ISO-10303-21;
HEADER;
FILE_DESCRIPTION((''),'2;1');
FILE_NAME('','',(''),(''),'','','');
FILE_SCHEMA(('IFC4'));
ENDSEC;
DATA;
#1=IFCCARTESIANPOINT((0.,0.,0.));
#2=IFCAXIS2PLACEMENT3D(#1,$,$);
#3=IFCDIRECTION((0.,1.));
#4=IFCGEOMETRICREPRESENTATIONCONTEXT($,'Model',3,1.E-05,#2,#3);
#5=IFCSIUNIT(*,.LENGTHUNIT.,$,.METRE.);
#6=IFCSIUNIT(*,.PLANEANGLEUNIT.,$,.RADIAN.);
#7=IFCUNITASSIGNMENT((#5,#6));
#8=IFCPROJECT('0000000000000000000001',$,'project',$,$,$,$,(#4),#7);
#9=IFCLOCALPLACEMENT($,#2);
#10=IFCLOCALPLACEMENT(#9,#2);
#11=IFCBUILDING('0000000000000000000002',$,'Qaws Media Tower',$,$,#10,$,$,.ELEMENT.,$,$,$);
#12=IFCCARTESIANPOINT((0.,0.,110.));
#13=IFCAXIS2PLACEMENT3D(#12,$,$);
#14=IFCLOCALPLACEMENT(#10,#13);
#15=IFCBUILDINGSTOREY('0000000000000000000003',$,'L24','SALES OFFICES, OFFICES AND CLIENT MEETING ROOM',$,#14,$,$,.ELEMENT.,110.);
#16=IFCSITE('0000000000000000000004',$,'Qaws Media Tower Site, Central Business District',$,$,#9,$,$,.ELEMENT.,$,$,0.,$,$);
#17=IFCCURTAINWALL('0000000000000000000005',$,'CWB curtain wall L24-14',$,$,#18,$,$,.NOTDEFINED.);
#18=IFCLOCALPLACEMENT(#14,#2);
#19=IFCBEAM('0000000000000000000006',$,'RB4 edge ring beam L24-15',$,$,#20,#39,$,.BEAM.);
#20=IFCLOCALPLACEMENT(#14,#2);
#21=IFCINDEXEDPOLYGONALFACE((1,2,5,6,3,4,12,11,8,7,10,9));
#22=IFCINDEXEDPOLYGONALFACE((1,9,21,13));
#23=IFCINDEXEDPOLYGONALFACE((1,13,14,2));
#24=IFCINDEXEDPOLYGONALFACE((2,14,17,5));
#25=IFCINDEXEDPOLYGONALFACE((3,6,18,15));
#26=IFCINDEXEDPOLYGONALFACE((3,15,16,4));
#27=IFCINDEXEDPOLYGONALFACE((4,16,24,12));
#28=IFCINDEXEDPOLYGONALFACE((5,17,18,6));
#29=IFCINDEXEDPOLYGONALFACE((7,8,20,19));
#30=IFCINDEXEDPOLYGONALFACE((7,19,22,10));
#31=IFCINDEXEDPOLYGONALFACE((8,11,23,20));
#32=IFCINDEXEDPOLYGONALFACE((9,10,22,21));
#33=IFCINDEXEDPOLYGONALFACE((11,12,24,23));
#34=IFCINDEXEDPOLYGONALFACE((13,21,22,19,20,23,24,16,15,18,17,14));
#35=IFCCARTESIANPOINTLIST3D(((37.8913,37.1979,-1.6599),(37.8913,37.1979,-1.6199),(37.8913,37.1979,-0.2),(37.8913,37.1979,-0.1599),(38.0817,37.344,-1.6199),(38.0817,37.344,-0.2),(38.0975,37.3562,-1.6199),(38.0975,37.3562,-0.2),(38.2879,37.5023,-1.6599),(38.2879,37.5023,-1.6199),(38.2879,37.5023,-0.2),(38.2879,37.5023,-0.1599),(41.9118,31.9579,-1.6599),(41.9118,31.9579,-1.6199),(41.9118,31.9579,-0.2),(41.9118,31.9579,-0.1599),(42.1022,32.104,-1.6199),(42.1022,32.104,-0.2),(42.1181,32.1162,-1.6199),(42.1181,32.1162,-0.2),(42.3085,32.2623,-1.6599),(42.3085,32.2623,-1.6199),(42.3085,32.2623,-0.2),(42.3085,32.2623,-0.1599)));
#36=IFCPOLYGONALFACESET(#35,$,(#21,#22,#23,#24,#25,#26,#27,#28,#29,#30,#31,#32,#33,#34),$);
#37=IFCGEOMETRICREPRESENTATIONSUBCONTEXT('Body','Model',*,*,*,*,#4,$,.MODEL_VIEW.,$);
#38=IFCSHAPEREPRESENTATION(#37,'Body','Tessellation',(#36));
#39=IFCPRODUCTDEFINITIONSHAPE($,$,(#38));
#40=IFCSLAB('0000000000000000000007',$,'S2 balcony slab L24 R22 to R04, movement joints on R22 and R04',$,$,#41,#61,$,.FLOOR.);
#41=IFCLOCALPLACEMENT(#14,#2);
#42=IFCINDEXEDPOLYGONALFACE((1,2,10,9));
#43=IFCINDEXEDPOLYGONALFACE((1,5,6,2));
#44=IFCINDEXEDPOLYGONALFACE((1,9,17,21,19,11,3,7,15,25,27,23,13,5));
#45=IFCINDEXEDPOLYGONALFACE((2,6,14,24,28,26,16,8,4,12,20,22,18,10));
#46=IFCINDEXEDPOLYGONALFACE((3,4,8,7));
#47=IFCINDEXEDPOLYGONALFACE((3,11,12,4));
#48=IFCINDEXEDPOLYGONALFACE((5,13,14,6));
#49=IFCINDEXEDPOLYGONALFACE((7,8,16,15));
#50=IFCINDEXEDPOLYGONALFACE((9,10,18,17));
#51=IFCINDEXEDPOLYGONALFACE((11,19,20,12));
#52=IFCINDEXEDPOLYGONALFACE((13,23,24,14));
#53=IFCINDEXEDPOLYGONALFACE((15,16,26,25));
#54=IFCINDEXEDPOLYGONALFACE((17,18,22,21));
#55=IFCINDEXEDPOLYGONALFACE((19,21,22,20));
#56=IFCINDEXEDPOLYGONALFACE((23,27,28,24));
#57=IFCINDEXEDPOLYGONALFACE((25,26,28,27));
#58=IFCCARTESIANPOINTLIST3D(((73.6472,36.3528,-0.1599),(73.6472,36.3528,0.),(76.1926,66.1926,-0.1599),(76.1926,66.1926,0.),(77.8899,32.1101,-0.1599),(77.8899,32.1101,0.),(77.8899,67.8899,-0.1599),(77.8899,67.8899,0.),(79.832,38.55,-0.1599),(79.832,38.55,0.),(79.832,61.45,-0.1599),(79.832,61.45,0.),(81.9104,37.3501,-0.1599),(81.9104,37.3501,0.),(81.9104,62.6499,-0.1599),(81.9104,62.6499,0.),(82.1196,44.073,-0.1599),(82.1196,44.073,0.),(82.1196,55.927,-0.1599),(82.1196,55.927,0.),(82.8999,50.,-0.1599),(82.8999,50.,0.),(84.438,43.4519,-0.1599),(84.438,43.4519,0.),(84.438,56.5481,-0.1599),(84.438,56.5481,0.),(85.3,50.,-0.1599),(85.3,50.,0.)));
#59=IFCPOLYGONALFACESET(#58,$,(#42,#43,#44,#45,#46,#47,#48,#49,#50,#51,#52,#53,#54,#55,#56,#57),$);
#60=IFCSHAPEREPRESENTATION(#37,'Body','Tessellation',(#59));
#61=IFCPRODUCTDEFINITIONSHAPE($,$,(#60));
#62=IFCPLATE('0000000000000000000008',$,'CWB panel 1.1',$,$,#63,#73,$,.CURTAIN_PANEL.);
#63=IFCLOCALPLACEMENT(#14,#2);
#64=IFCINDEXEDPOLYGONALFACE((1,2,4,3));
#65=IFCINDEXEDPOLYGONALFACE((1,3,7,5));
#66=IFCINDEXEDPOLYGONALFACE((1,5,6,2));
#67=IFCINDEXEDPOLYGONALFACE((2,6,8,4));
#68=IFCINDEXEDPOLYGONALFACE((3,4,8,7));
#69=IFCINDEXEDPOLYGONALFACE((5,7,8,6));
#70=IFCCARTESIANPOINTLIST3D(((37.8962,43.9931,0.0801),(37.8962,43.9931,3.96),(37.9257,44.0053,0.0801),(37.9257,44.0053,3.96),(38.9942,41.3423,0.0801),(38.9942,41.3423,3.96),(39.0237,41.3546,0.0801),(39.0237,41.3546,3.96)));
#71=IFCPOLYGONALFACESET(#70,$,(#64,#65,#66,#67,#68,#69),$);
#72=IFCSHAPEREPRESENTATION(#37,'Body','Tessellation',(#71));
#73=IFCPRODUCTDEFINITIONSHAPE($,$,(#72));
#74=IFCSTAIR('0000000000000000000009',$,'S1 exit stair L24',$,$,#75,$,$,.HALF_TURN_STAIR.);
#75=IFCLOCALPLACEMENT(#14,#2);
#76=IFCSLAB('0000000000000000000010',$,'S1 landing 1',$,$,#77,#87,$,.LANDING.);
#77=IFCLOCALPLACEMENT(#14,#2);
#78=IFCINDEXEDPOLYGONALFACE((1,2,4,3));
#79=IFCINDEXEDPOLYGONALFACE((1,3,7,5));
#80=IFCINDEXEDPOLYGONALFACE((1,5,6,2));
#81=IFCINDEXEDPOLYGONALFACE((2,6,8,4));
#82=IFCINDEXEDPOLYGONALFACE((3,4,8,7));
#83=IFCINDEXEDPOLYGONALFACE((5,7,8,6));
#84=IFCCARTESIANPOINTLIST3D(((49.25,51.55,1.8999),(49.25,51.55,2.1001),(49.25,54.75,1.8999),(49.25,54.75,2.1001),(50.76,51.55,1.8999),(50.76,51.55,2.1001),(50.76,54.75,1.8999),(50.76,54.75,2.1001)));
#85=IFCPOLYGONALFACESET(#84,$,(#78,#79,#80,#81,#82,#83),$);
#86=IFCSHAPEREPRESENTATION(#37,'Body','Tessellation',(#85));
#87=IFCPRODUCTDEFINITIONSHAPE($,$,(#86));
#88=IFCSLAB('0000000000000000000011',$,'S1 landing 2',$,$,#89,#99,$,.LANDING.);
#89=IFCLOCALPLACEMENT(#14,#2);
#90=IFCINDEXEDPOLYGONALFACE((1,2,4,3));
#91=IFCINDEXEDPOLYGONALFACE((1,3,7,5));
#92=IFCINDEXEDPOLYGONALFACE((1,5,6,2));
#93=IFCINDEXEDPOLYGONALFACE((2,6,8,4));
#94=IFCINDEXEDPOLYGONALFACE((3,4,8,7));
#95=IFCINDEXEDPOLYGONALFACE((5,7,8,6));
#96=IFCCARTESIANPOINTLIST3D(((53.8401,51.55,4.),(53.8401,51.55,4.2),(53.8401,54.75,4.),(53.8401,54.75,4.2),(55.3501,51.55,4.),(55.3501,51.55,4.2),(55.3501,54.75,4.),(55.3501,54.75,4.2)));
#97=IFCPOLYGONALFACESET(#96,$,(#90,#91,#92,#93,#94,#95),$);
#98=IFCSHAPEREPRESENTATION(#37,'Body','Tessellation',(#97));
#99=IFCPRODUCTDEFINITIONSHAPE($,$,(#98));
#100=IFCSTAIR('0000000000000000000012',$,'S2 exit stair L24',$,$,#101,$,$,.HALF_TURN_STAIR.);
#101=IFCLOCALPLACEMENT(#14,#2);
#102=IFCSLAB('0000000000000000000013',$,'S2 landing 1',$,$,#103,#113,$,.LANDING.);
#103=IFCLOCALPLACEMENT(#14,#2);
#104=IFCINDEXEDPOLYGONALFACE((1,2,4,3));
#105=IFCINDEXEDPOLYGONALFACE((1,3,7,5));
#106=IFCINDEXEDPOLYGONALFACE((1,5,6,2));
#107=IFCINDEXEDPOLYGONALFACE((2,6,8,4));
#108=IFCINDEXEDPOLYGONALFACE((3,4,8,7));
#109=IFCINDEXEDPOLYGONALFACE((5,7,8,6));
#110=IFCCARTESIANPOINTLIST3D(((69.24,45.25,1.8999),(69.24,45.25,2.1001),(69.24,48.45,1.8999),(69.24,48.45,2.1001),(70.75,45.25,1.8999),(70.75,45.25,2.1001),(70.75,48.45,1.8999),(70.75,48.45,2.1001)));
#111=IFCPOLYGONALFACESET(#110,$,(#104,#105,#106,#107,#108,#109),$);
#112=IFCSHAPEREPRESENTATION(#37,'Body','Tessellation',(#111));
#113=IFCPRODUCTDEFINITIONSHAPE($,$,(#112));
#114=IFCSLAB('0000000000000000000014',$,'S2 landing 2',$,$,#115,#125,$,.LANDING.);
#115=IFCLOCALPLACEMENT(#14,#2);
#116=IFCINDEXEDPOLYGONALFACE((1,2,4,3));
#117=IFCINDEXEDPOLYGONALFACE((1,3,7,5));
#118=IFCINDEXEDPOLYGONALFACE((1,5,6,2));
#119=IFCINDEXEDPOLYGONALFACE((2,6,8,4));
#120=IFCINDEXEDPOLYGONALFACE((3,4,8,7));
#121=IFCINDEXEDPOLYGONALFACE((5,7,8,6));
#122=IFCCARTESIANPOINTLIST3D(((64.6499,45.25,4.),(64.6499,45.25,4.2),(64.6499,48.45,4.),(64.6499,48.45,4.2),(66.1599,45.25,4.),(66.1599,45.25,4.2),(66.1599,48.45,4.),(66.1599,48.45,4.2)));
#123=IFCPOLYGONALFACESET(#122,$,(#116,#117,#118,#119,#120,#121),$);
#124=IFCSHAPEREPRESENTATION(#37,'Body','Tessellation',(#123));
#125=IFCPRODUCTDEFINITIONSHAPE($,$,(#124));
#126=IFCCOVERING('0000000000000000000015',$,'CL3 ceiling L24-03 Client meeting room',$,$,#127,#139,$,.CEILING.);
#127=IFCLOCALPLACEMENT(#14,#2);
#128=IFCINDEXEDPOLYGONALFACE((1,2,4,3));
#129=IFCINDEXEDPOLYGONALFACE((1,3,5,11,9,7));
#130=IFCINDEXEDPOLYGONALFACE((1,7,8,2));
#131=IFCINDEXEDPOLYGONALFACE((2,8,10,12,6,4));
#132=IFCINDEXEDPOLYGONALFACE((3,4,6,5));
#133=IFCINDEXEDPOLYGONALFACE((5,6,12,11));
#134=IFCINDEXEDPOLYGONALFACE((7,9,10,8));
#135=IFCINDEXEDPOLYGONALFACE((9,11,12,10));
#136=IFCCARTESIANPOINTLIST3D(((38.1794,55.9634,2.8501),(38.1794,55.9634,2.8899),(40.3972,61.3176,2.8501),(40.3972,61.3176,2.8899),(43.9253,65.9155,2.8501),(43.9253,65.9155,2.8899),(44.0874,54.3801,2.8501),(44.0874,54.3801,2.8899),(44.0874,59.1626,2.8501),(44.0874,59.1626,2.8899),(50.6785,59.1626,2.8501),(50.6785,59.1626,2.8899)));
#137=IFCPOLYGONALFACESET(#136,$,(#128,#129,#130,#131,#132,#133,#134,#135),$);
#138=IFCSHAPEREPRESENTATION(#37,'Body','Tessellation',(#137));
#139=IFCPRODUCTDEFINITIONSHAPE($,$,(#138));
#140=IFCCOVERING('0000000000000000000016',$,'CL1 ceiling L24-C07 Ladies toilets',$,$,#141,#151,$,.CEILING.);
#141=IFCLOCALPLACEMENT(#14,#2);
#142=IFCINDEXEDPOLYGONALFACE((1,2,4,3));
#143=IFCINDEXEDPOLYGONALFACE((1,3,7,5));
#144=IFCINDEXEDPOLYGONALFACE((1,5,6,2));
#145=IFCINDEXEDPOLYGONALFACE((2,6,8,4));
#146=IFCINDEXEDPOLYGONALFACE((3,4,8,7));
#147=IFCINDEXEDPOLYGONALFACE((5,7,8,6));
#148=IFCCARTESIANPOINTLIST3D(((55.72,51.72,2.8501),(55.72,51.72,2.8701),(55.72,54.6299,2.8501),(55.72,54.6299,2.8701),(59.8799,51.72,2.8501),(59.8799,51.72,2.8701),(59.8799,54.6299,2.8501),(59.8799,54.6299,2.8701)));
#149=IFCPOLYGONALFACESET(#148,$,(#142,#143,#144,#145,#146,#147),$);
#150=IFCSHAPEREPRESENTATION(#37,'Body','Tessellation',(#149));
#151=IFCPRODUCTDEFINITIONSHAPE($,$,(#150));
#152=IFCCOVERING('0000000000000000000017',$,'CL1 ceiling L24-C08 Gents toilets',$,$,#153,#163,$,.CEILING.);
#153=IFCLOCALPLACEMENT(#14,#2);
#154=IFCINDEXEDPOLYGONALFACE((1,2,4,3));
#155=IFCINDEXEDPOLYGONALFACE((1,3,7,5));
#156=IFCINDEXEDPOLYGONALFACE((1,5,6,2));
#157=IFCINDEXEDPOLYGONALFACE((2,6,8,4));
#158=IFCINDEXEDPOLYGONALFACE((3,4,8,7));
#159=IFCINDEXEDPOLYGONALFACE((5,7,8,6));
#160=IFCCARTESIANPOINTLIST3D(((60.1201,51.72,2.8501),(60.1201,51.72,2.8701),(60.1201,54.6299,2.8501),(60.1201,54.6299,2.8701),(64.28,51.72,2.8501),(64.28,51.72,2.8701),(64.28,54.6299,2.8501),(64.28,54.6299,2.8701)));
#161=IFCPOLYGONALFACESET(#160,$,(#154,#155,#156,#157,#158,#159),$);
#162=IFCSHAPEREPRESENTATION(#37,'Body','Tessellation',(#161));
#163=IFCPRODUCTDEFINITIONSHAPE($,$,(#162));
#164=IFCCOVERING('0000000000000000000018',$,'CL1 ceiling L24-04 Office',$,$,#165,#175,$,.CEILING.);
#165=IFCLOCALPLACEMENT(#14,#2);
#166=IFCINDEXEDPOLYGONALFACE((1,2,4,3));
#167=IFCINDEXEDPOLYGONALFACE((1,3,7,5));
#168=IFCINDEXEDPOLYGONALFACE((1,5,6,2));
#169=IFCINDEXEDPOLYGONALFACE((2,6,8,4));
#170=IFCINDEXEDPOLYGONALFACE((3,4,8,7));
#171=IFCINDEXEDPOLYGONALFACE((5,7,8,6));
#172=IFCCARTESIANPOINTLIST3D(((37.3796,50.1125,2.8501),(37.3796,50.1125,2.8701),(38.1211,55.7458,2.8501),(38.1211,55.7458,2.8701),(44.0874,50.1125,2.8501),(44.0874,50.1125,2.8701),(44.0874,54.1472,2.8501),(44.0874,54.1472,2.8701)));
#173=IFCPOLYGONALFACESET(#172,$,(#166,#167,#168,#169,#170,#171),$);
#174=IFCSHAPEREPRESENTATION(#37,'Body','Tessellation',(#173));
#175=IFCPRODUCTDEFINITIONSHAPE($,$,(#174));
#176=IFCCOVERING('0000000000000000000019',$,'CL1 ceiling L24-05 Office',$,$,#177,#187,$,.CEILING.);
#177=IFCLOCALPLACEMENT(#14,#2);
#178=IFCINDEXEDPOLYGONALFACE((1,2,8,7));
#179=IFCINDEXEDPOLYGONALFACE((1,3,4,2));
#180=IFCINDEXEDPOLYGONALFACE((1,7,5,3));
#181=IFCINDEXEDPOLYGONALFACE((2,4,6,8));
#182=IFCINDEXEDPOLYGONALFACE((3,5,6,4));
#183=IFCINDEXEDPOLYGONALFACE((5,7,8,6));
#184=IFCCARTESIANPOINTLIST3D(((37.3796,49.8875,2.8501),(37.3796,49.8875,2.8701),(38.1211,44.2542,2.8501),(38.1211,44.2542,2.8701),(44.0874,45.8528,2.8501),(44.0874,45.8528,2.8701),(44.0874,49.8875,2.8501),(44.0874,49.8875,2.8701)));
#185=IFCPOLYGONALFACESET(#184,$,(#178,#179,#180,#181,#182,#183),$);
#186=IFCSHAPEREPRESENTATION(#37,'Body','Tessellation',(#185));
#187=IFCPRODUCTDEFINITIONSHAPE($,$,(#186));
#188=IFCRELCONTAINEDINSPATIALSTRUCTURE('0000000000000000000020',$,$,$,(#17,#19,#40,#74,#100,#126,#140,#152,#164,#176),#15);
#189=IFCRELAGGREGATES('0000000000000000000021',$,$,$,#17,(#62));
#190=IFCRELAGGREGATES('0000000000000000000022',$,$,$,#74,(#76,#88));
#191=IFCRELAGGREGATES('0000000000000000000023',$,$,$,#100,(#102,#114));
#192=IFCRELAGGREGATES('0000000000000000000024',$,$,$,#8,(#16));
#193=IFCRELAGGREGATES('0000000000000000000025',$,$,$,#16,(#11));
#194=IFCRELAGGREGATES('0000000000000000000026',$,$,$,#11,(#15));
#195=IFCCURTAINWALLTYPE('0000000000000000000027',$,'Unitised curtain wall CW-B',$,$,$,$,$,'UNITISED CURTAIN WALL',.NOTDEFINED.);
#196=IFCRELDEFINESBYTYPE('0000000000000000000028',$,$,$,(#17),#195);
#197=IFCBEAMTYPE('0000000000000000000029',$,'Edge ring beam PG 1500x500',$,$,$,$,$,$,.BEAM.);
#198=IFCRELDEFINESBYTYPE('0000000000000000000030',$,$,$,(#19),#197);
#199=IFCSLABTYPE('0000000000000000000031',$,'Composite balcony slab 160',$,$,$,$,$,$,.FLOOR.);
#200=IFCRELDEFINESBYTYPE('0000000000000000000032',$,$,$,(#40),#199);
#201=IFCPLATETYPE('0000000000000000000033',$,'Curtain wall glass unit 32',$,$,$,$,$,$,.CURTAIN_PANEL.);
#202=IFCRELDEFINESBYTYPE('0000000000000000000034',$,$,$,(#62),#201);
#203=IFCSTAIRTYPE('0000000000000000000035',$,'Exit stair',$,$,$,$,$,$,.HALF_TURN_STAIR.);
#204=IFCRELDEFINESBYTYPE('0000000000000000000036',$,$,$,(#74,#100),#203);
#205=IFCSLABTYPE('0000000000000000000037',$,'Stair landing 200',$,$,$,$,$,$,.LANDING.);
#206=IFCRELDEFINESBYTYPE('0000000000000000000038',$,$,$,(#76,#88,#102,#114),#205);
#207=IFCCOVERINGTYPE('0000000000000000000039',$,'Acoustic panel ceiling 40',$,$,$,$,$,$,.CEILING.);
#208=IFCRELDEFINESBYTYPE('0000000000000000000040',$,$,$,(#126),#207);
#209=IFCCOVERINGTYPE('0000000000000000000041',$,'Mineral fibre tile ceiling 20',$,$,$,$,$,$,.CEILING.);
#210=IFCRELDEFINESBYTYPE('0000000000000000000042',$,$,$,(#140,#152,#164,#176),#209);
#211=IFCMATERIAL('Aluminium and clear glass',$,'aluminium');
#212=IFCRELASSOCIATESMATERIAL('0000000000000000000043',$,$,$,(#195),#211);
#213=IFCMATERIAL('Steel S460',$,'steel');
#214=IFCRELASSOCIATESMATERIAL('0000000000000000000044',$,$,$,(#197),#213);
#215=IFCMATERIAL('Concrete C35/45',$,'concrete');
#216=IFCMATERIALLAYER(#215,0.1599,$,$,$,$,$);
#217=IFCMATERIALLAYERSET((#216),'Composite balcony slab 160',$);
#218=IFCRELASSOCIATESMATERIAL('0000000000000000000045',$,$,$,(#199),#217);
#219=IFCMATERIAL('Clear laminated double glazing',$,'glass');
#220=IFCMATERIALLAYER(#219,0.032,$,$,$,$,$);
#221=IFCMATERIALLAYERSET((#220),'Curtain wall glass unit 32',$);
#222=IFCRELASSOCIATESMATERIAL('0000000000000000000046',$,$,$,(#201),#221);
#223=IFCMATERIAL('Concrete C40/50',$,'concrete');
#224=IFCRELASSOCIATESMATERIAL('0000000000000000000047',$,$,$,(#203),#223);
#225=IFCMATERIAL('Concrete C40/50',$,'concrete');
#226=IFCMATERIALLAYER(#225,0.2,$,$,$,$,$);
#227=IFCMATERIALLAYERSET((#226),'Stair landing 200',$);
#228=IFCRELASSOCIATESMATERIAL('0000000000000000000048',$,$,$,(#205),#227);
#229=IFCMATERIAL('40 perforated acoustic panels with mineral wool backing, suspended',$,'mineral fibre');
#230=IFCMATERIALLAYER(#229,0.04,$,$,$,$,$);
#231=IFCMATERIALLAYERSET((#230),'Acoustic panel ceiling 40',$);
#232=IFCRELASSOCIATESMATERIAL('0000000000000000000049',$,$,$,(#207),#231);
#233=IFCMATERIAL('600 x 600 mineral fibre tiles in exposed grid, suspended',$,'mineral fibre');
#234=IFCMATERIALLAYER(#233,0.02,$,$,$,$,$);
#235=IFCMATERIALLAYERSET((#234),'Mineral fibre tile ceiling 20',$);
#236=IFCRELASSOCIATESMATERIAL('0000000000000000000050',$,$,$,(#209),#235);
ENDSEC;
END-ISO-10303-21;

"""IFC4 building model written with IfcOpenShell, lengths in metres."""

from ifc_helpers import new_model, si_unit, direction, frame, origin, origin_2d, place, context, subcontext, project, spatial, polyline, rectangle, i_section, outline, extrude, material, layer, layer_set, material_profile, profile_set, type_object, element, aggregate, save


model = new_model("IFC4")

# Units and contexts
model_context = context("Model", 3, precision=1e-05, world=origin(), true_north=direction((0.0, 1.0)))
body_context = subcontext(model_context, "Body", "Model", "MODEL_VIEW")
ifc_project = project(units=[si_unit("LENGTHUNIT", "METRE"), si_unit("PLANEANGLEUNIT", "RADIAN")], contexts=[model_context])

# Site, building, storey
site_placement = place(None, origin())
site = spatial("IfcSite", under=ifc_project, at=site_placement, Name="Qaws Media Tower Site, Central Business District", CompositionType="ELEMENT", RefElevation=0.0)
building_placement = place(site_placement, origin())
building = spatial("IfcBuilding", under=site, at=building_placement, Name="Qaws Media Tower", CompositionType="ELEMENT")
storey_placement = place(building_placement, frame((0.0, 0.0, 110.0)))
storey = spatial("IfcBuildingStorey", under=building, at=storey_placement, Name="L24", Description="SALES OFFICES, OFFICES AND CLIENT MEETING ROOM", CompositionType="ELEMENT", Elevation=110.0)

# Curtain wall
ifc_material_1 = material(Name="Aluminium and clear glass", Category="aluminium")
curtain_wall_type = type_object("IfcCurtainWallType", Name="Unitised curtain wall CW-B", ElementType="UNITISED CURTAIN WALL", PredefinedType="NOTDEFINED", material=ifc_material_1)
curtain_wall_placement = place(storey_placement, origin())
curtain_wall = element("IfcCurtainWall", 1, at=curtain_wall_placement, inside=storey, type_object=curtain_wall_type, Name="CWB curtain wall L24-14", PredefinedType="NOTDEFINED")

# Beam
ifc_material_2 = material(Name="Steel S460", Category="steel")
ifc_material_profile_1 = material_profile(ifc_material_2, i_section(OverallWidth=0.5, OverallDepth=1.5, WebThickness=0.02, FlangeThickness=0.04, at=origin_2d()), Name="PG 1500x500")
ifc_profile_set_1 = profile_set([ifc_material_profile_1], Name="Steel S460")
beam_type = type_object("IfcBeamType", Name="Edge ring beam PG 1500x500", PredefinedType="BEAM", material=ifc_profile_set_1)
beam_1_placement = place(storey_placement, frame((38.0896, 37.3501, -0.9099), z_axis=(0.608735, -0.793374, 0.0), x_axis=(0.793374, 0.608735, 0.0)))
element("IfcBeam", 2, at=beam_1_placement, inside=storey, type_object=beam_type, Name="RB4 edge ring beam L24-15", PredefinedType="BEAM", context=body_context, shape_type="SweptSolid", body=[
    extrude(i_section(OverallWidth=0.5, OverallDepth=1.5, WebThickness=0.02, FlangeThickness=0.04, at=origin_2d()), origin(), (0.0, 0.0, 1.0), 6.6047),
])

# Slab
ifc_material_3 = material(Name="Concrete C35/45", Category="concrete")
ifc_layer_1 = layer(ifc_material_3, 0.1599)
ifc_layer_set_1 = layer_set([ifc_layer_1], Name="Composite balcony slab 160")
slab_type_1 = type_object("IfcSlabType", Name="Composite balcony slab 160", PredefinedType="FLOOR", material=ifc_layer_set_1)
slab_1_placement = place(storey_placement, frame((0.0, 0.0, -0.1599)))
element("IfcSlab", 3, at=slab_1_placement, inside=storey, type_object=slab_type_1, Name="S2 balcony slab L24 R22 to R04, movement joints on R22 and R04", PredefinedType="FLOOR", context=body_context, shape_type="SweptSolid", body=[
    extrude(outline(polyline([(81.9104, 37.3501), (77.8899, 32.1101), (73.6472, 36.3528), (79.832, 38.55), (82.1196, 44.073), (82.8999, 50.0), (82.1196, 55.927), (79.832, 61.45), (76.1926, 66.1926), (77.8899, 67.8899), (81.9104, 62.6499), (84.438, 56.5481), (85.3, 50.0), (84.438, 43.4519), (81.9104, 37.3501)])), origin(), (0.0, 0.0, 1.0), 0.1599),
])

# Plate
ifc_material_4 = material(Name="Clear laminated double glazing", Category="glass")
ifc_layer_2 = layer(ifc_material_4, 0.032)
ifc_layer_set_2 = layer_set([ifc_layer_2], Name="Curtain wall glass unit 32")
plate_type = type_object("IfcPlateType", Name="Curtain wall glass unit 32", PredefinedType="CURTAIN_PANEL", material=ifc_layer_set_2)
plate_placement = place(storey_placement, frame((38.46, 42.6738, 0.0801), z_axis=(0.0, 0.0, 1.0), x_axis=(0.382683, -0.92388, 0.0)))
plate = element("IfcPlate", 4, at=plate_placement, type_object=plate_type, Name="CWB panel 1.1", PredefinedType="CURTAIN_PANEL", context=body_context, shape_type="SweptSolid", body=[
    extrude(rectangle(XDim=2.8691, YDim=0.032, at=origin_2d()), origin(), (0.0, 0.0, 1.0), 3.8799),
])
aggregate(curtain_wall, [plate])

# Stairs, slabs
ifc_material_5 = material(Name="Concrete C40/50", Category="concrete")
stair_type = type_object("IfcStairType", Name="Exit stair", PredefinedType="HALF_TURN_STAIR", material=ifc_material_5)
stair_1_placement = place(storey_placement, origin())
stair_1 = element("IfcStair", 5, at=stair_1_placement, inside=storey, type_object=stair_type, Name="S1 exit stair L24", PredefinedType="HALF_TURN_STAIR")
ifc_material_6 = material(Name="Concrete C40/50", Category="concrete")
ifc_layer_3 = layer(ifc_material_6, 0.2)
ifc_layer_set_3 = layer_set([ifc_layer_3], Name="Stair landing 200")
slab_type_2 = type_object("IfcSlabType", Name="Stair landing 200", PredefinedType="LANDING", material=ifc_layer_set_3)
slab_2_placement = place(storey_placement, frame((0.0, 0.0, 1.8999)))
slab_2 = element("IfcSlab", 6, at=slab_2_placement, type_object=slab_type_2, Name="S1 landing 1", PredefinedType="LANDING", context=body_context, shape_type="SweptSolid", body=[
    extrude(outline(polyline([(49.25, 51.55), (50.76, 51.55), (50.76, 54.75), (49.25, 54.75), (49.25, 51.55)])), origin(), (0.0, 0.0, 1.0), 0.2002),
])
slab_3_placement = place(storey_placement, frame((0.0, 0.0, 4.0)))
slab_3 = element("IfcSlab", 7, at=slab_3_placement, type_object=slab_type_2, Name="S1 landing 2", PredefinedType="LANDING", context=body_context, shape_type="SweptSolid", body=[
    extrude(outline(polyline([(53.8401, 51.55), (55.3501, 51.55), (55.3501, 54.75), (53.8401, 54.75), (53.8401, 51.55)])), origin(), (0.0, 0.0, 1.0), 0.2),
])
aggregate(stair_1, [slab_2, slab_3])
stair_2_placement = place(storey_placement, origin())
stair_2 = element("IfcStair", 8, at=stair_2_placement, inside=storey, type_object=stair_type, Name="S2 exit stair L24", PredefinedType="HALF_TURN_STAIR")
slab_4_placement = place(storey_placement, frame((0.0, 0.0, 1.8999)))
slab_4 = element("IfcSlab", 9, at=slab_4_placement, type_object=slab_type_2, Name="S2 landing 1", PredefinedType="LANDING", context=body_context, shape_type="SweptSolid", body=[
    extrude(outline(polyline([(69.24, 45.25), (70.75, 45.25), (70.75, 48.45), (69.24, 48.45), (69.24, 45.25)])), origin(), (0.0, 0.0, 1.0), 0.2002),
])
slab_5_placement = place(storey_placement, frame((0.0, 0.0, 4.0)))
slab_5 = element("IfcSlab", 10, at=slab_5_placement, type_object=slab_type_2, Name="S2 landing 2", PredefinedType="LANDING", context=body_context, shape_type="SweptSolid", body=[
    extrude(outline(polyline([(64.6499, 45.25), (66.1599, 45.25), (66.1599, 48.45), (64.6499, 48.45), (64.6499, 45.25)])), origin(), (0.0, 0.0, 1.0), 0.2),
])
aggregate(stair_2, [slab_4, slab_5])

# Coverings
ifc_material_7 = material(Name="40 perforated acoustic panels with mineral wool backing, suspended", Category="mineral fibre")
ifc_layer_4 = layer(ifc_material_7, 0.04)
ifc_layer_set_4 = layer_set([ifc_layer_4], Name="Acoustic panel ceiling 40")
covering_type_1 = type_object("IfcCoveringType", Name="Acoustic panel ceiling 40", PredefinedType="CEILING", material=ifc_layer_set_4)
covering_1_placement = place(storey_placement, frame((0.0, 0.0, 2.8501)))
element("IfcCovering", 11, at=covering_1_placement, inside=storey, type_object=covering_type_1, Name="CL3 ceiling L24-03 Client meeting room", PredefinedType="CEILING", context=body_context, shape_type="SweptSolid", body=[
    extrude(outline(polyline([(40.3972, 61.3176), (43.9253, 65.9155), (50.6785, 59.1626), (44.0874, 59.1626), (44.0874, 54.3801), (38.1794, 55.9634), (40.3972, 61.3176)])), origin(), (0.0, 0.0, 1.0), 0.0398),
])
ifc_material_8 = material(Name="600 x 600 mineral fibre tiles in exposed grid, suspended", Category="mineral fibre")
ifc_layer_5 = layer(ifc_material_8, 0.02)
ifc_layer_set_5 = layer_set([ifc_layer_5], Name="Mineral fibre tile ceiling 20")
covering_type_2 = type_object("IfcCoveringType", Name="Mineral fibre tile ceiling 20", PredefinedType="CEILING", material=ifc_layer_set_5)
covering_2_placement = place(storey_placement, frame((0.0, 0.0, 2.8501)))
element("IfcCovering", 12, at=covering_2_placement, inside=storey, type_object=covering_type_2, Name="CL1 ceiling L24-C07 Ladies toilets", PredefinedType="CEILING", context=body_context, shape_type="SweptSolid", body=[
    extrude(outline(polyline([(55.72, 51.72), (55.72, 54.6299), (59.8799, 54.6299), (59.8799, 51.72), (55.72, 51.72)])), origin(), (0.0, 0.0, 1.0), 0.02),
])
covering_3_placement = place(storey_placement, frame((0.0, 0.0, 2.8501)))
element("IfcCovering", 13, at=covering_3_placement, inside=storey, type_object=covering_type_2, Name="CL1 ceiling L24-C08 Gents toilets", PredefinedType="CEILING", context=body_context, shape_type="SweptSolid", body=[
    extrude(outline(polyline([(60.1201, 51.72), (60.1201, 54.6299), (64.28, 54.6299), (64.28, 51.72), (60.1201, 51.72)])), origin(), (0.0, 0.0, 1.0), 0.02),
])
covering_4_placement = place(storey_placement, frame((0.0, 0.0, 2.8501)))
element("IfcCovering", 14, at=covering_4_placement, inside=storey, type_object=covering_type_2, Name="CL1 ceiling L24-04 Office", PredefinedType="CEILING", context=body_context, shape_type="SweptSolid", body=[
    extrude(outline(polyline([(38.1211, 55.7458), (44.0874, 54.1472), (44.0874, 50.1125), (37.3796, 50.1125), (38.1211, 55.7458)])), origin(), (0.0, 0.0, 1.0), 0.02),
])
covering_5_placement = place(storey_placement, frame((0.0, 0.0, 2.8501)))
element("IfcCovering", 15, at=covering_5_placement, inside=storey, type_object=covering_type_2, Name="CL1 ceiling L24-05 Office", PredefinedType="CEILING", context=body_context, shape_type="SweptSolid", body=[
    extrude(outline(polyline([(37.3796, 49.8875), (44.0874, 49.8875), (44.0874, 45.8528), (38.1211, 44.2542), (37.3796, 49.8875)])), origin(), (0.0, 0.0, 1.0), 0.02),
])

save(model, "model.ifc")
